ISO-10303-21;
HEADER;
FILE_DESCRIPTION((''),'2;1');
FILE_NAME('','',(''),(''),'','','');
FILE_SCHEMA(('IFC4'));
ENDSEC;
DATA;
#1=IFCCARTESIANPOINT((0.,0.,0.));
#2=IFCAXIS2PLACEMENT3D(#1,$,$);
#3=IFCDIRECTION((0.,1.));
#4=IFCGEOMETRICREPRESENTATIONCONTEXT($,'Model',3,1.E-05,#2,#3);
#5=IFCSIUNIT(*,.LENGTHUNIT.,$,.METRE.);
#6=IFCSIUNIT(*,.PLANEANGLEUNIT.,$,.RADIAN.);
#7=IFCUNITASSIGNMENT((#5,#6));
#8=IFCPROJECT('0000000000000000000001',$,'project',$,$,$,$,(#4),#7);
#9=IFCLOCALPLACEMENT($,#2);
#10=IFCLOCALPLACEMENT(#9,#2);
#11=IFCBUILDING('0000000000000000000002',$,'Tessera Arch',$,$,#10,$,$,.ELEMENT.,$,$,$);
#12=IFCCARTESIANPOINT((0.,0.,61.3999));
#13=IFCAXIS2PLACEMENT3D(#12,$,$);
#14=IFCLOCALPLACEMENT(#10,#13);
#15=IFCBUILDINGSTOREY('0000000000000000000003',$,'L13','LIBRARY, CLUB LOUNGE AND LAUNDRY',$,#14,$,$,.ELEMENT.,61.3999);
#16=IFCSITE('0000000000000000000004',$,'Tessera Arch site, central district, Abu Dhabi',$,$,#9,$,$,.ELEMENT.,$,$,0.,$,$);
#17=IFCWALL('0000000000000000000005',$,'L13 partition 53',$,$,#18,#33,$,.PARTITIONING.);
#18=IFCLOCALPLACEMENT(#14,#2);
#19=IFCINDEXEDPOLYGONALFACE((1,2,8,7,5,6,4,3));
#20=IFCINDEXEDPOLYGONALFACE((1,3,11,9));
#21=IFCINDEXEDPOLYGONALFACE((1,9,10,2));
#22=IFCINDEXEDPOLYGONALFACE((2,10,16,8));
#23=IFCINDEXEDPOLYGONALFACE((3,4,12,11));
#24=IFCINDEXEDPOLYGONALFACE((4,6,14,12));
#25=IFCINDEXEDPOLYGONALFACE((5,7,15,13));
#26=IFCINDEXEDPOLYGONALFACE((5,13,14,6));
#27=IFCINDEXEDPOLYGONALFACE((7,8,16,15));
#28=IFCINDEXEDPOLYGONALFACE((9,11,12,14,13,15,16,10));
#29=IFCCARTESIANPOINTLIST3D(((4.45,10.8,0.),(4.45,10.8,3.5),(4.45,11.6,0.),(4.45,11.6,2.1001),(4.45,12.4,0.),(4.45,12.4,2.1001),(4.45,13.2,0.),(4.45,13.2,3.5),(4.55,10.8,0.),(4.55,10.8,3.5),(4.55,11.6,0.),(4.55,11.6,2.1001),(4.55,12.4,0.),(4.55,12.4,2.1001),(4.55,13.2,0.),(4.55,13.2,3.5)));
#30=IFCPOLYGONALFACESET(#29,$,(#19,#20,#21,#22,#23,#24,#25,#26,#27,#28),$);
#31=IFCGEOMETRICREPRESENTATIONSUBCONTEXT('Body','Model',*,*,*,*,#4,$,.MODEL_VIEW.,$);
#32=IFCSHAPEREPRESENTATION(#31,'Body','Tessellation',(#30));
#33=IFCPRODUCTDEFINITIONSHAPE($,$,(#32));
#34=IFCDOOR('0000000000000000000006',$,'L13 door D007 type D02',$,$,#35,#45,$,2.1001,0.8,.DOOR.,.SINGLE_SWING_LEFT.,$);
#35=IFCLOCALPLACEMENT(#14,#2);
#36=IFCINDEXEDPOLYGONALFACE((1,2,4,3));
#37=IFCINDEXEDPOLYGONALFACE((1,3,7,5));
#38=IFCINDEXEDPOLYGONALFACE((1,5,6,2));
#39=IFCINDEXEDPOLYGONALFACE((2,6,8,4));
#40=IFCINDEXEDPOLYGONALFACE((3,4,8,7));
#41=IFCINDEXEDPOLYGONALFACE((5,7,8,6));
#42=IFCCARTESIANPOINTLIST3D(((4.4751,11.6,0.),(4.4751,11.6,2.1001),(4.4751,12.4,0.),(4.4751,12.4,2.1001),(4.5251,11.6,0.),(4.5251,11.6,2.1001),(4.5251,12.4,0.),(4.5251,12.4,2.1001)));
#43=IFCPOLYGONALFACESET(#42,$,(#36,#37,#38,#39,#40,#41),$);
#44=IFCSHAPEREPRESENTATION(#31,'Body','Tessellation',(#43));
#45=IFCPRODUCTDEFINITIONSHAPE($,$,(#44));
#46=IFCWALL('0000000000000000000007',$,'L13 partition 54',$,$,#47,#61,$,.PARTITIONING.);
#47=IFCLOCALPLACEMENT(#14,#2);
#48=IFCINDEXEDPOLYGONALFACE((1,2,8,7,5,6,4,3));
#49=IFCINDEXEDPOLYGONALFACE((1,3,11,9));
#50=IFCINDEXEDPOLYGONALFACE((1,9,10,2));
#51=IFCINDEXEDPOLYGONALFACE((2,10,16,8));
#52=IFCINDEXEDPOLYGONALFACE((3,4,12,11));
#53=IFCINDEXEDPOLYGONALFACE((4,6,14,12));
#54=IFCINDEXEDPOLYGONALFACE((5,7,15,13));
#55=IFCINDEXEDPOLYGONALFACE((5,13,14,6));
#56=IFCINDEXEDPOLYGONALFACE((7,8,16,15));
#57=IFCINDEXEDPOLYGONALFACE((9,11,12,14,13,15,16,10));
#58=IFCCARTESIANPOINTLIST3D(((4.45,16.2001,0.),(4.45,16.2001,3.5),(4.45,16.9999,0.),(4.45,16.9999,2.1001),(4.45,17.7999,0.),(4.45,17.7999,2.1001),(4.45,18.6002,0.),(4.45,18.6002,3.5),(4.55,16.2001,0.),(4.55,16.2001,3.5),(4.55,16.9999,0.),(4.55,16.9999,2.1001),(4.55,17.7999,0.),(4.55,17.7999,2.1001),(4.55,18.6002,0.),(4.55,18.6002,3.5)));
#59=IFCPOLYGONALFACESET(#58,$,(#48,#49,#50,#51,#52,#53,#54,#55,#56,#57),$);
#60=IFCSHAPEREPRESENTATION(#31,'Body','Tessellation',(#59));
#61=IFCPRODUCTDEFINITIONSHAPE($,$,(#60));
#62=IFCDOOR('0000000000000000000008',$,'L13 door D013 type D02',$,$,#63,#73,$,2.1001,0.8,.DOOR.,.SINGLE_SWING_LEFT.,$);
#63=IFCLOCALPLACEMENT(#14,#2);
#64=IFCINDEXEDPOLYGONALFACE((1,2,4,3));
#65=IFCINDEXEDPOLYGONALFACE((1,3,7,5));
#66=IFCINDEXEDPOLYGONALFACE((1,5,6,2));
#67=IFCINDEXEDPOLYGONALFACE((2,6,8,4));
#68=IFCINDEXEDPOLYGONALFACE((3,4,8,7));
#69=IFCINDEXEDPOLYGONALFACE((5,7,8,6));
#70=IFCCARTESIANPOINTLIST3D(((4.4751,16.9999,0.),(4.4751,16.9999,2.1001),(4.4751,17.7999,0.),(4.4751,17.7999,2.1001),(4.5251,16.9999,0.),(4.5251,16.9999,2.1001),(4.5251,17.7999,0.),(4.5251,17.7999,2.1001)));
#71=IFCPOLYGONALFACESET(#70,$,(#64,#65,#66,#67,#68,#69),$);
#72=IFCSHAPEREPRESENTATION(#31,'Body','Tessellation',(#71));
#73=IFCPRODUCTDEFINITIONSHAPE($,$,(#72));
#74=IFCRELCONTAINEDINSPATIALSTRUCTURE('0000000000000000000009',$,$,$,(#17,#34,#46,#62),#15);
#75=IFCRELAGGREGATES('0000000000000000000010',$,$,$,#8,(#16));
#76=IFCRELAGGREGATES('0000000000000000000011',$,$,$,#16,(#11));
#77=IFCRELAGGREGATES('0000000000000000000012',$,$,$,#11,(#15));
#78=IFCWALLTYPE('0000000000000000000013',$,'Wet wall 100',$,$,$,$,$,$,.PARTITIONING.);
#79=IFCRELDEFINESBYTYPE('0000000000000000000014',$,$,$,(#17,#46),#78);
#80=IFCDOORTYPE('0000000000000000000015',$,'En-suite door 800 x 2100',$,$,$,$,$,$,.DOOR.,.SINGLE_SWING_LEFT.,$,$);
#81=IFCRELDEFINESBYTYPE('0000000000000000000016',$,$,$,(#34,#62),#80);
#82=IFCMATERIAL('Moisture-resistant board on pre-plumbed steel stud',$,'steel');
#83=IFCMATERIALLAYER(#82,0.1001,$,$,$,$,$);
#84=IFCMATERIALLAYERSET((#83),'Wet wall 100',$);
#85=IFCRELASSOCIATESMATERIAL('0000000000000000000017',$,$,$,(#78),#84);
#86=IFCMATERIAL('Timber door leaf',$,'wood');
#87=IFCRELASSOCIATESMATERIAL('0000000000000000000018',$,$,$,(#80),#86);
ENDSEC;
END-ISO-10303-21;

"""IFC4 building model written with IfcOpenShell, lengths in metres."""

from ifc_helpers import new_model, si_unit, direction, frame, frame_2d, origin, place, context, subcontext, project, spatial, rectangle, extrude, material, layer, layer_set, type_object, element, fill, save


model = new_model("IFC4")

# Units and contexts
model_context = context("Model", 3, precision=1e-05, world=origin(), true_north=direction((0.0, 1.0)))
body_context = subcontext(model_context, "Body", "Model", "MODEL_VIEW")
ifc_project = project(units=[si_unit("LENGTHUNIT", "METRE"), si_unit("PLANEANGLEUNIT", "RADIAN")], contexts=[model_context])

# Site, building, storey
site_placement = place(None, origin())
site = spatial("IfcSite", under=ifc_project, at=site_placement, Name="Tessera Arch site, central district, Abu Dhabi", CompositionType="ELEMENT", RefElevation=0.0)
building_placement = place(site_placement, origin())
building = spatial("IfcBuilding", under=site, at=building_placement, Name="Tessera Arch", CompositionType="ELEMENT")
storey_placement = place(building_placement, frame((0.0, 0.0, 61.3999)))
storey = spatial("IfcBuildingStorey", under=building, at=storey_placement, Name="L13", Description="LIBRARY, CLUB LOUNGE AND LAUNDRY", CompositionType="ELEMENT", Elevation=61.3999)

# Shared definitions
ifc_material_1 = material(Name="Moisture-resistant board on pre-plumbed steel stud", Category="steel")
ifc_layer_1 = layer(ifc_material_1, 0.1001)
ifc_layer_set_1 = layer_set([ifc_layer_1], Name="Wet wall 100")
wall_type_1 = type_object("IfcWallType", Name="Wet wall 100", PredefinedType="PARTITIONING", material=ifc_layer_set_1)

# Walls, openings, doors
wall_1_placement = place(storey_placement, frame((4.5, 10.8, 0.0), z_axis=(0.0, 0.0, 1.0), x_axis=(0.0, 1.0, 0.0)))
wall_1 = element("IfcWall", 1, at=wall_1_placement, inside=storey, type_object=wall_type_1, Name="L13 partition 53", PredefinedType="PARTITIONING", context=body_context, shape_type="SweptSolid", body=[
    extrude(rectangle(XDim=2.3999, YDim=0.1001, at=frame_2d((1.2, 0.0))), origin(), (0.0, 0.0, 1.0), 3.5),
])
opening_1_placement = place(wall_1_placement, frame((0.8, 0.0, 0.0)))
opening_1 = element("IfcOpeningElement", 2, at=opening_1_placement, cuts=wall_1, PredefinedType="OPENING", context=body_context, shape_type="SweptSolid", body=[
    extrude(rectangle(XDim=0.8, YDim=2.1001, at=frame_2d((0.3999, 1.05))), frame((0.0, 0.0601, 0.0), z_axis=(0.0, -1.0, 0.0), x_axis=(1.0, 0.0, 0.0)), (0.0, 0.0, 1.0), 0.1201),
])
ifc_material_2 = material(Name="Timber door leaf", Category="wood")
door_type_1 = type_object("IfcDoorType", Name="En-suite door 800 x 2100", OperationType="SINGLE_SWING_LEFT", PredefinedType="DOOR", material=ifc_material_2)
door_1_placement = place(opening_1_placement, origin())
door_1 = element("IfcDoor", 3, at=door_1_placement, inside=storey, type_object=door_type_1, Name="L13 door D007 type D02", OperationType="SINGLE_SWING_LEFT", OverallHeight=2.1001, OverallWidth=0.8, PredefinedType="DOOR", context=body_context, shape_type="SweptSolid", body=[
    extrude(rectangle(XDim=0.8, YDim=2.1001, at=frame_2d((0.3999, 1.05))), frame((0.0, 0.0249, 0.0), z_axis=(0.0, -1.0, 0.0), x_axis=(1.0, 0.0, 0.0)), (0.0, 0.0, 1.0), 0.05),
])
fill(opening_1, door_1)
wall_2_placement = place(storey_placement, frame((4.5, 16.2, 0.0), z_axis=(0.0, 0.0, 1.0), x_axis=(0.0, 1.0, 0.0)))
wall_2 = element("IfcWall", 4, at=wall_2_placement, inside=storey, type_object=wall_type_1, Name="L13 partition 54", PredefinedType="PARTITIONING", context=body_context, shape_type="SweptSolid", body=[
    extrude(rectangle(XDim=2.4001, YDim=0.1001, at=frame_2d((1.2002, 0.0))), origin(), (0.0, 0.0, 1.0), 3.5),
])
opening_2_placement = place(wall_2_placement, frame((0.8, 0.0, 0.0)))
opening_2 = element("IfcOpeningElement", 5, at=opening_2_placement, cuts=wall_2, PredefinedType="OPENING", context=body_context, shape_type="SweptSolid", body=[
    extrude(rectangle(XDim=0.8, YDim=2.1001, at=frame_2d((0.3999, 1.05))), frame((0.0, 0.0601, 0.0), z_axis=(0.0, -1.0, 0.0), x_axis=(1.0, 0.0, 0.0)), (0.0, 0.0, 1.0), 0.1201),
])
door_2_placement = place(opening_2_placement, origin())
door_2 = element("IfcDoor", 6, at=door_2_placement, inside=storey, type_object=door_type_1, Name="L13 door D013 type D02", OperationType="SINGLE_SWING_LEFT", OverallHeight=2.1001, OverallWidth=0.8, PredefinedType="DOOR", context=body_context, shape_type="SweptSolid", body=[
    extrude(rectangle(XDim=0.8, YDim=2.1001, at=frame_2d((0.3999, 1.05))), frame((0.0, 0.0249, 0.0), z_axis=(0.0, -1.0, 0.0), x_axis=(1.0, 0.0, 0.0)), (0.0, 0.0, 1.0), 0.05),
])
fill(opening_2, door_2)

save(model, "model.ifc")
